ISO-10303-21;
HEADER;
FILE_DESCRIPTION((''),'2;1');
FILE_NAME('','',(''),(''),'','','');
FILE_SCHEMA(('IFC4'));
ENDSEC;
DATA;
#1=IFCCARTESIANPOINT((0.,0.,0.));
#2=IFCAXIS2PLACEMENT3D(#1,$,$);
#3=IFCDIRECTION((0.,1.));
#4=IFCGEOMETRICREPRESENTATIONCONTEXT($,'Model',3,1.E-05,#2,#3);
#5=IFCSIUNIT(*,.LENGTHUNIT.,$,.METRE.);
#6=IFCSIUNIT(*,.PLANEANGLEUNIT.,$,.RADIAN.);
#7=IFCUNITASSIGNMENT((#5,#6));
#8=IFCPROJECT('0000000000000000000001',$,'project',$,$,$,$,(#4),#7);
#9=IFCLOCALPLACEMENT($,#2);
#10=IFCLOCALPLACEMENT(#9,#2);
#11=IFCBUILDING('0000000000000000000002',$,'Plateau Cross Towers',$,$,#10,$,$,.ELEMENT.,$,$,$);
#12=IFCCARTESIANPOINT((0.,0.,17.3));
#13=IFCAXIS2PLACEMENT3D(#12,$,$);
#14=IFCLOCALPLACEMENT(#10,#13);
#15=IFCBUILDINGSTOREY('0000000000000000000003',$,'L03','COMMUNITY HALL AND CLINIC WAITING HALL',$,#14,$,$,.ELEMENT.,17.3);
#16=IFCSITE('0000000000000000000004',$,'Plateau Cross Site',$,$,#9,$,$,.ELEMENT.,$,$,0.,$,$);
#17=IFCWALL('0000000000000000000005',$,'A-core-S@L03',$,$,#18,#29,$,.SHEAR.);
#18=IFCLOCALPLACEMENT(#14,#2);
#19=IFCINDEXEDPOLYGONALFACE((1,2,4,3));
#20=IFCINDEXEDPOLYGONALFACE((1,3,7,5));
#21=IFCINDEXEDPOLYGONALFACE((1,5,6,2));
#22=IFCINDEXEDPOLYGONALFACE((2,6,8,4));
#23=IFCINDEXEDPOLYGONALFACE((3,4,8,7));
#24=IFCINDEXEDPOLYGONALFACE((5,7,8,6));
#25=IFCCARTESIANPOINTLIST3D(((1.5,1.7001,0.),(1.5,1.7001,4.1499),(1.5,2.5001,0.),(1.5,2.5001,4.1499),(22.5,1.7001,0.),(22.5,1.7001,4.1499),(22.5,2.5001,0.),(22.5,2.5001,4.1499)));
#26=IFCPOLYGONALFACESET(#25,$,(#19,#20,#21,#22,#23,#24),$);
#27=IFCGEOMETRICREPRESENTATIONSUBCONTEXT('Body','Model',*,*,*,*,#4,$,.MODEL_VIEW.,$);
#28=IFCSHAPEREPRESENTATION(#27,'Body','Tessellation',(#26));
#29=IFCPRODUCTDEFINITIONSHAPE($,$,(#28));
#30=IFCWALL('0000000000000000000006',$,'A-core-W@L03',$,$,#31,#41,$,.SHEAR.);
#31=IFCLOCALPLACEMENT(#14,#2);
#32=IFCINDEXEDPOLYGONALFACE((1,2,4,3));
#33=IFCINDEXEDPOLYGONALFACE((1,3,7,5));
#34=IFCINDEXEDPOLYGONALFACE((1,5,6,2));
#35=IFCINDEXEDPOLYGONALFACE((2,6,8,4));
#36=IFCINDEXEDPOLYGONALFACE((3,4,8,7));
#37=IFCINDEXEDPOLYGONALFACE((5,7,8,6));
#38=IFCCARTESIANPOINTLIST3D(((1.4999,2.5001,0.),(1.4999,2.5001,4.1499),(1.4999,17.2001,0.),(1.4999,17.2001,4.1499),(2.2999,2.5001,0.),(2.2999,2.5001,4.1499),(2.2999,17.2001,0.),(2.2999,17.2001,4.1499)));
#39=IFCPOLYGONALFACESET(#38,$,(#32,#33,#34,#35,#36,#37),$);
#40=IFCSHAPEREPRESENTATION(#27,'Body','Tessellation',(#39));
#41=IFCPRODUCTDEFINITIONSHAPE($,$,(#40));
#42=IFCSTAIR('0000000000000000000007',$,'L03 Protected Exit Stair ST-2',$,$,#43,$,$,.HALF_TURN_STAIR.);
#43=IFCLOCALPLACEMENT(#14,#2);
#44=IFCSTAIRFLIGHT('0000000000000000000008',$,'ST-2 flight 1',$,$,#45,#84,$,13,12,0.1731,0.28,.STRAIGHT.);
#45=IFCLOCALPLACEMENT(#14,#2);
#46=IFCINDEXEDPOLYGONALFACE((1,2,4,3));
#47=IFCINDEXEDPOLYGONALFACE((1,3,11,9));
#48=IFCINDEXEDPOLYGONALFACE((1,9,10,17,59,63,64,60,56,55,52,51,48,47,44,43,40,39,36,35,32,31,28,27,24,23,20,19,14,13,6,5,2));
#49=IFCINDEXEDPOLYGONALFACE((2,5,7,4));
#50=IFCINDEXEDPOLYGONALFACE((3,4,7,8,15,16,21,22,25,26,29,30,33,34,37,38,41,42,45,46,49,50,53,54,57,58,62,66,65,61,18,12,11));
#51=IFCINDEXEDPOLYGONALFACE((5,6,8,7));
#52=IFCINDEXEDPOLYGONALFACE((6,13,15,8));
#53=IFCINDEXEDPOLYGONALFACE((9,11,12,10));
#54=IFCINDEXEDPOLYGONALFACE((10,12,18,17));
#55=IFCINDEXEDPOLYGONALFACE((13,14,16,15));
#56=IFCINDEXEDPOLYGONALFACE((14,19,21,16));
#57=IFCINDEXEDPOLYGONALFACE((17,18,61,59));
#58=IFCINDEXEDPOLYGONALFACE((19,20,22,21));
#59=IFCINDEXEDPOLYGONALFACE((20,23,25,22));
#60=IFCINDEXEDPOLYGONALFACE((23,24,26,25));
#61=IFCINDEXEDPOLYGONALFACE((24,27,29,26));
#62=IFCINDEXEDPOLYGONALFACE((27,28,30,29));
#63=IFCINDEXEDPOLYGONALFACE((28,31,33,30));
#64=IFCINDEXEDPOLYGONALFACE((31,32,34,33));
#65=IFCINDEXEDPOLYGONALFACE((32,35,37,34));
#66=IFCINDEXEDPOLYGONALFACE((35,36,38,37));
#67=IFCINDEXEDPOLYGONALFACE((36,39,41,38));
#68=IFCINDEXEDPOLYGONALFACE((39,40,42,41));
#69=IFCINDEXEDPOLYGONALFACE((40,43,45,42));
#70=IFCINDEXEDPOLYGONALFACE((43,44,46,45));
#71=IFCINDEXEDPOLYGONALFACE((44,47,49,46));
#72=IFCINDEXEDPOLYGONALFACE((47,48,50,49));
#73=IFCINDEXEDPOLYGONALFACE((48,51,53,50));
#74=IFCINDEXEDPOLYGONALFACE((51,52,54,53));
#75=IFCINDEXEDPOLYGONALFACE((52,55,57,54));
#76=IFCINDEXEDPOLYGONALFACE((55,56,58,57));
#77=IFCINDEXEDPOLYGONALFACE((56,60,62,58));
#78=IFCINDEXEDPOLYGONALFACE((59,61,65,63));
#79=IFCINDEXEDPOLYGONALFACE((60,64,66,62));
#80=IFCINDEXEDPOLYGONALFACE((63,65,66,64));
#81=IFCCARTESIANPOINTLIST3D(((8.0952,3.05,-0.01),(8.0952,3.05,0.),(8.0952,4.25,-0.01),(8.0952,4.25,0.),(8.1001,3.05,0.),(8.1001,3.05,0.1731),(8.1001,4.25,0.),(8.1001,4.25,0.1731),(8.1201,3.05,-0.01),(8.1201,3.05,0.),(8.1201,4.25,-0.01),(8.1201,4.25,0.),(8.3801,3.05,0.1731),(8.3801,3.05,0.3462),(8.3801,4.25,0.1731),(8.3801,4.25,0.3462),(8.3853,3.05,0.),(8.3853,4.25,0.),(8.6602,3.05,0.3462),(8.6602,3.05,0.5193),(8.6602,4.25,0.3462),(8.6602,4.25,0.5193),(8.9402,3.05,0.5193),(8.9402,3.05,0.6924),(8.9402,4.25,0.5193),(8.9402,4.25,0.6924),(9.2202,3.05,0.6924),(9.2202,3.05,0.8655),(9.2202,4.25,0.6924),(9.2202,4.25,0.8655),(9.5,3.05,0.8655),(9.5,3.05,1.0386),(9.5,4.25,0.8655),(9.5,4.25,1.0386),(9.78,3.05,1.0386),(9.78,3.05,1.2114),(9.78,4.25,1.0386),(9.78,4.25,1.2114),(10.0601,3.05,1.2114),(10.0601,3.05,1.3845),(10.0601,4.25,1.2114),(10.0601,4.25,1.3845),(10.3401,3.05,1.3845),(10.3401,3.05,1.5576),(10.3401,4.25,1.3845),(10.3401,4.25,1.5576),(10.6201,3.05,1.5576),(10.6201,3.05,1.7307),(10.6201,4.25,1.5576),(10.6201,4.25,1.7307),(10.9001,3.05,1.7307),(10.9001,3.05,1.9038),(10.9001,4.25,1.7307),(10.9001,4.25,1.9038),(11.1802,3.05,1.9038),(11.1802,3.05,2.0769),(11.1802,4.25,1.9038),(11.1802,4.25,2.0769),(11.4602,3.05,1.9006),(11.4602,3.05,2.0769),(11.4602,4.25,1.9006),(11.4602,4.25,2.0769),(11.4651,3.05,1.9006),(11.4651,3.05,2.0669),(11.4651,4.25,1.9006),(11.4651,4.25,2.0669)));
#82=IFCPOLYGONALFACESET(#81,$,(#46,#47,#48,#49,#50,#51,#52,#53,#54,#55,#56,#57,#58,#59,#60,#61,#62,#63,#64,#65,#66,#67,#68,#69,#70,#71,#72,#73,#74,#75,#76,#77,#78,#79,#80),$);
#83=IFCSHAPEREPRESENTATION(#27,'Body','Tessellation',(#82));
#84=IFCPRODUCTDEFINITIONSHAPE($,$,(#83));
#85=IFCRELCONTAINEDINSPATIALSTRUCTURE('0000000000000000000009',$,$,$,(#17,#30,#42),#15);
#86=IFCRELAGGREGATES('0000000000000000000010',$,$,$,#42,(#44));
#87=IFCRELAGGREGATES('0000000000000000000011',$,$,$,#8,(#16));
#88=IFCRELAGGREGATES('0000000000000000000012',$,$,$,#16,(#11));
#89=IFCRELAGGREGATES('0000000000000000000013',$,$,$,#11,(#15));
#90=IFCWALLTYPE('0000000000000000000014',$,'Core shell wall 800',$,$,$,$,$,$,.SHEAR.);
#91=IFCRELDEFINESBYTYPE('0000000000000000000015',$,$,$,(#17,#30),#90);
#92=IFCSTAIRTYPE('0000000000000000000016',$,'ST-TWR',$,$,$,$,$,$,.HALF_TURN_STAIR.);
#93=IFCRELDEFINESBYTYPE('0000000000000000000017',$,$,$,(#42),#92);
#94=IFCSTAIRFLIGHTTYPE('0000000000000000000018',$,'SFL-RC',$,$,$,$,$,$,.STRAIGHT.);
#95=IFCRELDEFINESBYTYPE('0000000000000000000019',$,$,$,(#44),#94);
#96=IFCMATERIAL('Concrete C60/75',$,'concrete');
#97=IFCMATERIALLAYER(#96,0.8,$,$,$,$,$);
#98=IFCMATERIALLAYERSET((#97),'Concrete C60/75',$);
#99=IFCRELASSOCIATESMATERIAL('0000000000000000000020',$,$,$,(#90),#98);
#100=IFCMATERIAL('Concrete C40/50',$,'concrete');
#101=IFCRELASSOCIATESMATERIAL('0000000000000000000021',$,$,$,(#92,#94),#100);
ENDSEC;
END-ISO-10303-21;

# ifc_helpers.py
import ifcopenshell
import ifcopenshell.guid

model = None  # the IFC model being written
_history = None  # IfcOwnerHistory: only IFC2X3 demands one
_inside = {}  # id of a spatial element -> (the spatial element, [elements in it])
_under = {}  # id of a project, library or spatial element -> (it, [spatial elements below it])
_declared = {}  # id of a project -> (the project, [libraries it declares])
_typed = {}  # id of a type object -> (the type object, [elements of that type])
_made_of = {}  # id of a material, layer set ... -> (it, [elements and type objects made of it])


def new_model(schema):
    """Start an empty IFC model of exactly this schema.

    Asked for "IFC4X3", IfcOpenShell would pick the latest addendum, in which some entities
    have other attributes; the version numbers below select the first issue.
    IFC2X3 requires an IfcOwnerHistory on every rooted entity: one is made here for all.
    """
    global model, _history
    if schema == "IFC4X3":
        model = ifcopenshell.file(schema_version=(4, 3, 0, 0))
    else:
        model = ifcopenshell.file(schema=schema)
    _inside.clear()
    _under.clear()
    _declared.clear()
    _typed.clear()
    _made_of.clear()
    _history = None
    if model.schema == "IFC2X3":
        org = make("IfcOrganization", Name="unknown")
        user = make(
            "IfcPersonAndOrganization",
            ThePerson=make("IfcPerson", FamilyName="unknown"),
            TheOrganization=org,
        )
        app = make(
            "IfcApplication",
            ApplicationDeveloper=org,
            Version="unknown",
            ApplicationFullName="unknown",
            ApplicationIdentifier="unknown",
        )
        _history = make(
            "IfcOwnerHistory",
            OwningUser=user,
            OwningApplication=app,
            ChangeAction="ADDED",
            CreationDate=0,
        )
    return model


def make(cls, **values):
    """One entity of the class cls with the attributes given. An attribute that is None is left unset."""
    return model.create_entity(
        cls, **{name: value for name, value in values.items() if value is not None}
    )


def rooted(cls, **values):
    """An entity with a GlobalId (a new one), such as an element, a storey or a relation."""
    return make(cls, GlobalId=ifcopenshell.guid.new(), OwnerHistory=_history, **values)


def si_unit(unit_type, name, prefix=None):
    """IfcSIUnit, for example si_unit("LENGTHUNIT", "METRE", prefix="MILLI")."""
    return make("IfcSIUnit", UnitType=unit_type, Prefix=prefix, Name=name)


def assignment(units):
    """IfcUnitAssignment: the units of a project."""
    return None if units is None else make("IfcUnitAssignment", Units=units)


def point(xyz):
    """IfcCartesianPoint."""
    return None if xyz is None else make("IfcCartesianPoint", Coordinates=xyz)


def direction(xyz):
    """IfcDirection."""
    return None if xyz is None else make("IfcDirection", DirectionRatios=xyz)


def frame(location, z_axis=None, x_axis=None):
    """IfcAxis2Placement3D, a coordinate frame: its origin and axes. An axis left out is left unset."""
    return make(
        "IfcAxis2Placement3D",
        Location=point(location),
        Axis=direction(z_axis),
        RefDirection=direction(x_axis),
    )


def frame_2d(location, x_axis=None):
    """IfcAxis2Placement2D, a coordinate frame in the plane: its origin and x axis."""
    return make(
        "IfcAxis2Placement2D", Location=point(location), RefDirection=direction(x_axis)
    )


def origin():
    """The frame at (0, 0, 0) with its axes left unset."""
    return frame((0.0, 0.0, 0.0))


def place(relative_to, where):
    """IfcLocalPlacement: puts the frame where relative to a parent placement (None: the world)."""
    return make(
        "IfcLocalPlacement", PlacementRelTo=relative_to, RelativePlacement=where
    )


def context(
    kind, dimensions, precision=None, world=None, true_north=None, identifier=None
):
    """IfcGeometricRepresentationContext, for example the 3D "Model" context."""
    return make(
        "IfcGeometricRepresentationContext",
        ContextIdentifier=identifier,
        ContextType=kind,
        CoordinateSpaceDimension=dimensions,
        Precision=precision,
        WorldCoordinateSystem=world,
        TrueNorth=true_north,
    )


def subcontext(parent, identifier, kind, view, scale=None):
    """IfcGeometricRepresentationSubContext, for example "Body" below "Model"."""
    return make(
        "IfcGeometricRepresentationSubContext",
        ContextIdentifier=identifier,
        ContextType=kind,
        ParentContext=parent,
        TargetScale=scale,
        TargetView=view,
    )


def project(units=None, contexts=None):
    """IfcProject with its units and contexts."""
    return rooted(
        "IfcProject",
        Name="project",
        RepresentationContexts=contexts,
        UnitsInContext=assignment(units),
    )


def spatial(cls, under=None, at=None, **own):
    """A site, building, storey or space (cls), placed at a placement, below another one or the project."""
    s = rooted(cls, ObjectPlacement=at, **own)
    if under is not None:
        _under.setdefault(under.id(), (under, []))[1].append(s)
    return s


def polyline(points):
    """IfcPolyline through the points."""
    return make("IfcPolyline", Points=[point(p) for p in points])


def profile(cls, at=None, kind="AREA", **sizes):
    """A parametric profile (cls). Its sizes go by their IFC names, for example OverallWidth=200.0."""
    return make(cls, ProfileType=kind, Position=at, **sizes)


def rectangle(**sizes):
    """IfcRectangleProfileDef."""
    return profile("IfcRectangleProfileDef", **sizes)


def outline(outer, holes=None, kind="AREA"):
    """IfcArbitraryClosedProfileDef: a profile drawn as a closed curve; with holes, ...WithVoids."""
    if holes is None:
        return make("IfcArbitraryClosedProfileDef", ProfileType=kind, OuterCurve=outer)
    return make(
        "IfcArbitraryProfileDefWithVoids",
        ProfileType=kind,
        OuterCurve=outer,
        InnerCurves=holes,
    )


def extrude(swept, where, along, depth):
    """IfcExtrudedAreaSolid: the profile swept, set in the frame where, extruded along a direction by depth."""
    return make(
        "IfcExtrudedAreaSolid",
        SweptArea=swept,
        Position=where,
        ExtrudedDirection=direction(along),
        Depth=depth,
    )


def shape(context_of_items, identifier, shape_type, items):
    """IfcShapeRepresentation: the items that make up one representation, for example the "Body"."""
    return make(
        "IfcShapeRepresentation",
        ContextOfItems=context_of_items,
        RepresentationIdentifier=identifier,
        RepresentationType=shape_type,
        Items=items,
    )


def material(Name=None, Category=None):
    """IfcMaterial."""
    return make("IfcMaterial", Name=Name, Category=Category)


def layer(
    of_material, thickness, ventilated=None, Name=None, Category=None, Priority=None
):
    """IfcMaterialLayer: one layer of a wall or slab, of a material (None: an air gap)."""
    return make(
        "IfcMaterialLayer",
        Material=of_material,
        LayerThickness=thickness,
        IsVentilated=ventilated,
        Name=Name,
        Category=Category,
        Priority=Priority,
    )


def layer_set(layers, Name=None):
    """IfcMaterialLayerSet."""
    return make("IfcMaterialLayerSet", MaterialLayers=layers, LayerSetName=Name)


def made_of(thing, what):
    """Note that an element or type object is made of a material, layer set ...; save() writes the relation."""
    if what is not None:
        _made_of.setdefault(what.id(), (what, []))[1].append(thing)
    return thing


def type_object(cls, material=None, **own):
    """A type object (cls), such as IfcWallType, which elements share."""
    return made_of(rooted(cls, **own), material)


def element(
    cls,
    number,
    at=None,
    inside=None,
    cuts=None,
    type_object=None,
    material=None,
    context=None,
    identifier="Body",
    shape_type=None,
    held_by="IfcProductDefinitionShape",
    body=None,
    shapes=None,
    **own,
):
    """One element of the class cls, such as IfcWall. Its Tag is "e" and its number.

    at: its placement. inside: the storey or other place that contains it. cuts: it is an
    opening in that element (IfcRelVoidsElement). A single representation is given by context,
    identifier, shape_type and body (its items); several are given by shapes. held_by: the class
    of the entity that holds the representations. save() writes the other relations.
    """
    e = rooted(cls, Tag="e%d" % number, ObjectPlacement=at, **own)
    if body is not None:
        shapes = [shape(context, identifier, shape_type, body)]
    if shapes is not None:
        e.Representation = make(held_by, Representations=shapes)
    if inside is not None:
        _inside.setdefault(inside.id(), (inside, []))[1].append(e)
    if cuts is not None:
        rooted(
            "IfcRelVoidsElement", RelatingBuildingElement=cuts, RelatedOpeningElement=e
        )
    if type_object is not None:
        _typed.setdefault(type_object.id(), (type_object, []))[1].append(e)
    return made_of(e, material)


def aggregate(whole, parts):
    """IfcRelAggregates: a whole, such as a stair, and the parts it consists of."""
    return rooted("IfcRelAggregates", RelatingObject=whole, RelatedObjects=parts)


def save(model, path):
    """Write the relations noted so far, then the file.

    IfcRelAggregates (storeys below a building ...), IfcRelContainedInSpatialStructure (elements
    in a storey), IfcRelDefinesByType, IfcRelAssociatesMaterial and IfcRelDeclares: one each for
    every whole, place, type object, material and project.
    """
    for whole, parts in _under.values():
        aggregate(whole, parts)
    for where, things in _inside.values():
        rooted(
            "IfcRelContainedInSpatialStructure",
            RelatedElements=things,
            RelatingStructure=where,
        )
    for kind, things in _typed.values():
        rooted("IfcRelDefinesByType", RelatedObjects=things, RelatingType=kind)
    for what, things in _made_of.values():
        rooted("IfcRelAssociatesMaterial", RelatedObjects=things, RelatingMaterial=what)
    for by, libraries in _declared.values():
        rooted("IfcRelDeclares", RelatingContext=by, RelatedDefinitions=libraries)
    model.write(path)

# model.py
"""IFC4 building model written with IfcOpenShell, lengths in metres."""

from ifc_helpers import new_model, si_unit, direction, frame, frame_2d, origin, place, context, subcontext, project, spatial, polyline, rectangle, outline, extrude, material, layer, layer_set, type_object, element, aggregate, save


model = new_model("IFC4")

# Units and contexts
model_context = context("Model", 3, precision=1e-05, world=origin(), true_north=direction((0.0, 1.0)))
body_context = subcontext(model_context, "Body", "Model", "MODEL_VIEW")
ifc_project = project(units=[si_unit("LENGTHUNIT", "METRE"), si_unit("PLANEANGLEUNIT", "RADIAN")], contexts=[model_context])

# Site, building, storey
site_placement = place(None, origin())
site = spatial("IfcSite", under=ifc_project, at=site_placement, Name="Plateau Cross Site", CompositionType="ELEMENT", RefElevation=0.0)
building_placement = place(site_placement, origin())
building = spatial("IfcBuilding", under=site, at=building_placement, Name="Plateau Cross Towers", CompositionType="ELEMENT")
storey_placement = place(building_placement, frame((0.0, 0.0, 17.3)))
storey = spatial("IfcBuildingStorey", under=building, at=storey_placement, Name="L03", Description="COMMUNITY HALL AND CLINIC WAITING HALL", CompositionType="ELEMENT", Elevation=17.3)

# Shared definitions
ifc_material_1 = material(Name="Concrete C40/50", Category="concrete")

# Shared definitions
ifc_material_2 = material(Name="Concrete C60/75", Category="concrete")

# Walls
ifc_layer_1 = layer(ifc_material_2, 0.8)
ifc_layer_set_1 = layer_set([ifc_layer_1], Name="Concrete C60/75")
wall_type_1 = type_object("IfcWallType", Name="Core shell wall 800", PredefinedType="SHEAR", material=ifc_layer_set_1)
wall_1_placement = place(storey_placement, frame((1.5, 2.1001, 0.0), z_axis=(0.0, 0.0, 1.0), x_axis=(1.0, 0.0, 0.0)))
element("IfcWall", 1, at=wall_1_placement, inside=storey, type_object=wall_type_1, Name="A-core-S@L03", PredefinedType="SHEAR", context=body_context, shape_type="SweptSolid", body=[
    extrude(rectangle(XDim=21.0, YDim=0.8, at=frame_2d((10.5, 0.0))), origin(), (0.0, 0.0, 1.0), 4.1499),
])
wall_2_placement = place(storey_placement, frame((1.8999, 2.5, 0.0), z_axis=(0.0, 0.0, 1.0), x_axis=(0.0, 1.0, 0.0)))
element("IfcWall", 2, at=wall_2_placement, inside=storey, type_object=wall_type_1, Name="A-core-W@L03", PredefinedType="SHEAR", context=body_context, shape_type="SweptSolid", body=[
    extrude(rectangle(XDim=14.7, YDim=0.8, at=frame_2d((7.3501, 0.0))), origin(), (0.0, 0.0, 1.0), 4.1499),
])

# Stair, stair flight
stair_type_1 = type_object("IfcStairType", Name="ST-TWR", PredefinedType="HALF_TURN_STAIR", material=ifc_material_1)
stair_1_placement = place(storey_placement, origin())
stair_1 = element("IfcStair", 3, at=stair_1_placement, inside=storey, type_object=stair_type_1, Name="L03 Protected Exit Stair ST-2", PredefinedType="HALF_TURN_STAIR")
stair_flight_type = type_object("IfcStairFlightType", Name="SFL-RC", PredefinedType="STRAIGHT", material=ifc_material_1)
stair_flight_placement = place(storey_placement, frame((8.1001, 3.6499, 0.0), z_axis=(0.0, 0.0, 1.0), x_axis=(1.0, 0.0, 0.0)))
stair_flight = element("IfcStairFlight", 4, at=stair_flight_placement, type_object=stair_flight_type, Name="ST-2 flight 1", NumberOfRisers=13, NumberOfTreads=12, PredefinedType="STRAIGHT", RiserHeight=0.1731, TreadLength=0.28, context=body_context, shape_type="SweptSolid", body=[
    extrude(outline(polyline([(-0.0049, -0.01), (-0.0049, 0.0), (0.0, 0.0), (0.0, 0.1731), (0.28, 0.1731), (0.28, 0.3462), (0.5601, 0.3462), (0.5601, 0.5193), (0.8401, 0.5193), (0.8401, 0.6924), (1.1201, 0.6924), (1.1201, 0.8655), (1.3999, 0.8655), (1.3999, 1.0386), (1.6799, 1.0386), (1.6799, 1.2114), (1.96, 1.2114), (1.96, 1.3845), (2.24, 1.3845), (2.24, 1.5576), (2.52, 1.5576), (2.52, 1.7307), (2.8, 1.7307), (2.8, 1.9038), (3.0801, 1.9038), (3.0801, 2.0769), (3.3601, 2.0769), (3.365, 2.0669), (3.365, 1.9006), (3.3601, 1.9006), (0.2852, 0.0), (0.02, 0.0), (0.02, -0.01), (-0.0049, -0.01)])), frame((0.0, 0.6001, 0.0), z_axis=(0.0, -1.0, 0.0), x_axis=(1.0, 0.0, 0.0)), (0.0, 0.0, 1.0), 1.2),
])
aggregate(stair_1, [stair_flight])

save(model, "model.ifc")
